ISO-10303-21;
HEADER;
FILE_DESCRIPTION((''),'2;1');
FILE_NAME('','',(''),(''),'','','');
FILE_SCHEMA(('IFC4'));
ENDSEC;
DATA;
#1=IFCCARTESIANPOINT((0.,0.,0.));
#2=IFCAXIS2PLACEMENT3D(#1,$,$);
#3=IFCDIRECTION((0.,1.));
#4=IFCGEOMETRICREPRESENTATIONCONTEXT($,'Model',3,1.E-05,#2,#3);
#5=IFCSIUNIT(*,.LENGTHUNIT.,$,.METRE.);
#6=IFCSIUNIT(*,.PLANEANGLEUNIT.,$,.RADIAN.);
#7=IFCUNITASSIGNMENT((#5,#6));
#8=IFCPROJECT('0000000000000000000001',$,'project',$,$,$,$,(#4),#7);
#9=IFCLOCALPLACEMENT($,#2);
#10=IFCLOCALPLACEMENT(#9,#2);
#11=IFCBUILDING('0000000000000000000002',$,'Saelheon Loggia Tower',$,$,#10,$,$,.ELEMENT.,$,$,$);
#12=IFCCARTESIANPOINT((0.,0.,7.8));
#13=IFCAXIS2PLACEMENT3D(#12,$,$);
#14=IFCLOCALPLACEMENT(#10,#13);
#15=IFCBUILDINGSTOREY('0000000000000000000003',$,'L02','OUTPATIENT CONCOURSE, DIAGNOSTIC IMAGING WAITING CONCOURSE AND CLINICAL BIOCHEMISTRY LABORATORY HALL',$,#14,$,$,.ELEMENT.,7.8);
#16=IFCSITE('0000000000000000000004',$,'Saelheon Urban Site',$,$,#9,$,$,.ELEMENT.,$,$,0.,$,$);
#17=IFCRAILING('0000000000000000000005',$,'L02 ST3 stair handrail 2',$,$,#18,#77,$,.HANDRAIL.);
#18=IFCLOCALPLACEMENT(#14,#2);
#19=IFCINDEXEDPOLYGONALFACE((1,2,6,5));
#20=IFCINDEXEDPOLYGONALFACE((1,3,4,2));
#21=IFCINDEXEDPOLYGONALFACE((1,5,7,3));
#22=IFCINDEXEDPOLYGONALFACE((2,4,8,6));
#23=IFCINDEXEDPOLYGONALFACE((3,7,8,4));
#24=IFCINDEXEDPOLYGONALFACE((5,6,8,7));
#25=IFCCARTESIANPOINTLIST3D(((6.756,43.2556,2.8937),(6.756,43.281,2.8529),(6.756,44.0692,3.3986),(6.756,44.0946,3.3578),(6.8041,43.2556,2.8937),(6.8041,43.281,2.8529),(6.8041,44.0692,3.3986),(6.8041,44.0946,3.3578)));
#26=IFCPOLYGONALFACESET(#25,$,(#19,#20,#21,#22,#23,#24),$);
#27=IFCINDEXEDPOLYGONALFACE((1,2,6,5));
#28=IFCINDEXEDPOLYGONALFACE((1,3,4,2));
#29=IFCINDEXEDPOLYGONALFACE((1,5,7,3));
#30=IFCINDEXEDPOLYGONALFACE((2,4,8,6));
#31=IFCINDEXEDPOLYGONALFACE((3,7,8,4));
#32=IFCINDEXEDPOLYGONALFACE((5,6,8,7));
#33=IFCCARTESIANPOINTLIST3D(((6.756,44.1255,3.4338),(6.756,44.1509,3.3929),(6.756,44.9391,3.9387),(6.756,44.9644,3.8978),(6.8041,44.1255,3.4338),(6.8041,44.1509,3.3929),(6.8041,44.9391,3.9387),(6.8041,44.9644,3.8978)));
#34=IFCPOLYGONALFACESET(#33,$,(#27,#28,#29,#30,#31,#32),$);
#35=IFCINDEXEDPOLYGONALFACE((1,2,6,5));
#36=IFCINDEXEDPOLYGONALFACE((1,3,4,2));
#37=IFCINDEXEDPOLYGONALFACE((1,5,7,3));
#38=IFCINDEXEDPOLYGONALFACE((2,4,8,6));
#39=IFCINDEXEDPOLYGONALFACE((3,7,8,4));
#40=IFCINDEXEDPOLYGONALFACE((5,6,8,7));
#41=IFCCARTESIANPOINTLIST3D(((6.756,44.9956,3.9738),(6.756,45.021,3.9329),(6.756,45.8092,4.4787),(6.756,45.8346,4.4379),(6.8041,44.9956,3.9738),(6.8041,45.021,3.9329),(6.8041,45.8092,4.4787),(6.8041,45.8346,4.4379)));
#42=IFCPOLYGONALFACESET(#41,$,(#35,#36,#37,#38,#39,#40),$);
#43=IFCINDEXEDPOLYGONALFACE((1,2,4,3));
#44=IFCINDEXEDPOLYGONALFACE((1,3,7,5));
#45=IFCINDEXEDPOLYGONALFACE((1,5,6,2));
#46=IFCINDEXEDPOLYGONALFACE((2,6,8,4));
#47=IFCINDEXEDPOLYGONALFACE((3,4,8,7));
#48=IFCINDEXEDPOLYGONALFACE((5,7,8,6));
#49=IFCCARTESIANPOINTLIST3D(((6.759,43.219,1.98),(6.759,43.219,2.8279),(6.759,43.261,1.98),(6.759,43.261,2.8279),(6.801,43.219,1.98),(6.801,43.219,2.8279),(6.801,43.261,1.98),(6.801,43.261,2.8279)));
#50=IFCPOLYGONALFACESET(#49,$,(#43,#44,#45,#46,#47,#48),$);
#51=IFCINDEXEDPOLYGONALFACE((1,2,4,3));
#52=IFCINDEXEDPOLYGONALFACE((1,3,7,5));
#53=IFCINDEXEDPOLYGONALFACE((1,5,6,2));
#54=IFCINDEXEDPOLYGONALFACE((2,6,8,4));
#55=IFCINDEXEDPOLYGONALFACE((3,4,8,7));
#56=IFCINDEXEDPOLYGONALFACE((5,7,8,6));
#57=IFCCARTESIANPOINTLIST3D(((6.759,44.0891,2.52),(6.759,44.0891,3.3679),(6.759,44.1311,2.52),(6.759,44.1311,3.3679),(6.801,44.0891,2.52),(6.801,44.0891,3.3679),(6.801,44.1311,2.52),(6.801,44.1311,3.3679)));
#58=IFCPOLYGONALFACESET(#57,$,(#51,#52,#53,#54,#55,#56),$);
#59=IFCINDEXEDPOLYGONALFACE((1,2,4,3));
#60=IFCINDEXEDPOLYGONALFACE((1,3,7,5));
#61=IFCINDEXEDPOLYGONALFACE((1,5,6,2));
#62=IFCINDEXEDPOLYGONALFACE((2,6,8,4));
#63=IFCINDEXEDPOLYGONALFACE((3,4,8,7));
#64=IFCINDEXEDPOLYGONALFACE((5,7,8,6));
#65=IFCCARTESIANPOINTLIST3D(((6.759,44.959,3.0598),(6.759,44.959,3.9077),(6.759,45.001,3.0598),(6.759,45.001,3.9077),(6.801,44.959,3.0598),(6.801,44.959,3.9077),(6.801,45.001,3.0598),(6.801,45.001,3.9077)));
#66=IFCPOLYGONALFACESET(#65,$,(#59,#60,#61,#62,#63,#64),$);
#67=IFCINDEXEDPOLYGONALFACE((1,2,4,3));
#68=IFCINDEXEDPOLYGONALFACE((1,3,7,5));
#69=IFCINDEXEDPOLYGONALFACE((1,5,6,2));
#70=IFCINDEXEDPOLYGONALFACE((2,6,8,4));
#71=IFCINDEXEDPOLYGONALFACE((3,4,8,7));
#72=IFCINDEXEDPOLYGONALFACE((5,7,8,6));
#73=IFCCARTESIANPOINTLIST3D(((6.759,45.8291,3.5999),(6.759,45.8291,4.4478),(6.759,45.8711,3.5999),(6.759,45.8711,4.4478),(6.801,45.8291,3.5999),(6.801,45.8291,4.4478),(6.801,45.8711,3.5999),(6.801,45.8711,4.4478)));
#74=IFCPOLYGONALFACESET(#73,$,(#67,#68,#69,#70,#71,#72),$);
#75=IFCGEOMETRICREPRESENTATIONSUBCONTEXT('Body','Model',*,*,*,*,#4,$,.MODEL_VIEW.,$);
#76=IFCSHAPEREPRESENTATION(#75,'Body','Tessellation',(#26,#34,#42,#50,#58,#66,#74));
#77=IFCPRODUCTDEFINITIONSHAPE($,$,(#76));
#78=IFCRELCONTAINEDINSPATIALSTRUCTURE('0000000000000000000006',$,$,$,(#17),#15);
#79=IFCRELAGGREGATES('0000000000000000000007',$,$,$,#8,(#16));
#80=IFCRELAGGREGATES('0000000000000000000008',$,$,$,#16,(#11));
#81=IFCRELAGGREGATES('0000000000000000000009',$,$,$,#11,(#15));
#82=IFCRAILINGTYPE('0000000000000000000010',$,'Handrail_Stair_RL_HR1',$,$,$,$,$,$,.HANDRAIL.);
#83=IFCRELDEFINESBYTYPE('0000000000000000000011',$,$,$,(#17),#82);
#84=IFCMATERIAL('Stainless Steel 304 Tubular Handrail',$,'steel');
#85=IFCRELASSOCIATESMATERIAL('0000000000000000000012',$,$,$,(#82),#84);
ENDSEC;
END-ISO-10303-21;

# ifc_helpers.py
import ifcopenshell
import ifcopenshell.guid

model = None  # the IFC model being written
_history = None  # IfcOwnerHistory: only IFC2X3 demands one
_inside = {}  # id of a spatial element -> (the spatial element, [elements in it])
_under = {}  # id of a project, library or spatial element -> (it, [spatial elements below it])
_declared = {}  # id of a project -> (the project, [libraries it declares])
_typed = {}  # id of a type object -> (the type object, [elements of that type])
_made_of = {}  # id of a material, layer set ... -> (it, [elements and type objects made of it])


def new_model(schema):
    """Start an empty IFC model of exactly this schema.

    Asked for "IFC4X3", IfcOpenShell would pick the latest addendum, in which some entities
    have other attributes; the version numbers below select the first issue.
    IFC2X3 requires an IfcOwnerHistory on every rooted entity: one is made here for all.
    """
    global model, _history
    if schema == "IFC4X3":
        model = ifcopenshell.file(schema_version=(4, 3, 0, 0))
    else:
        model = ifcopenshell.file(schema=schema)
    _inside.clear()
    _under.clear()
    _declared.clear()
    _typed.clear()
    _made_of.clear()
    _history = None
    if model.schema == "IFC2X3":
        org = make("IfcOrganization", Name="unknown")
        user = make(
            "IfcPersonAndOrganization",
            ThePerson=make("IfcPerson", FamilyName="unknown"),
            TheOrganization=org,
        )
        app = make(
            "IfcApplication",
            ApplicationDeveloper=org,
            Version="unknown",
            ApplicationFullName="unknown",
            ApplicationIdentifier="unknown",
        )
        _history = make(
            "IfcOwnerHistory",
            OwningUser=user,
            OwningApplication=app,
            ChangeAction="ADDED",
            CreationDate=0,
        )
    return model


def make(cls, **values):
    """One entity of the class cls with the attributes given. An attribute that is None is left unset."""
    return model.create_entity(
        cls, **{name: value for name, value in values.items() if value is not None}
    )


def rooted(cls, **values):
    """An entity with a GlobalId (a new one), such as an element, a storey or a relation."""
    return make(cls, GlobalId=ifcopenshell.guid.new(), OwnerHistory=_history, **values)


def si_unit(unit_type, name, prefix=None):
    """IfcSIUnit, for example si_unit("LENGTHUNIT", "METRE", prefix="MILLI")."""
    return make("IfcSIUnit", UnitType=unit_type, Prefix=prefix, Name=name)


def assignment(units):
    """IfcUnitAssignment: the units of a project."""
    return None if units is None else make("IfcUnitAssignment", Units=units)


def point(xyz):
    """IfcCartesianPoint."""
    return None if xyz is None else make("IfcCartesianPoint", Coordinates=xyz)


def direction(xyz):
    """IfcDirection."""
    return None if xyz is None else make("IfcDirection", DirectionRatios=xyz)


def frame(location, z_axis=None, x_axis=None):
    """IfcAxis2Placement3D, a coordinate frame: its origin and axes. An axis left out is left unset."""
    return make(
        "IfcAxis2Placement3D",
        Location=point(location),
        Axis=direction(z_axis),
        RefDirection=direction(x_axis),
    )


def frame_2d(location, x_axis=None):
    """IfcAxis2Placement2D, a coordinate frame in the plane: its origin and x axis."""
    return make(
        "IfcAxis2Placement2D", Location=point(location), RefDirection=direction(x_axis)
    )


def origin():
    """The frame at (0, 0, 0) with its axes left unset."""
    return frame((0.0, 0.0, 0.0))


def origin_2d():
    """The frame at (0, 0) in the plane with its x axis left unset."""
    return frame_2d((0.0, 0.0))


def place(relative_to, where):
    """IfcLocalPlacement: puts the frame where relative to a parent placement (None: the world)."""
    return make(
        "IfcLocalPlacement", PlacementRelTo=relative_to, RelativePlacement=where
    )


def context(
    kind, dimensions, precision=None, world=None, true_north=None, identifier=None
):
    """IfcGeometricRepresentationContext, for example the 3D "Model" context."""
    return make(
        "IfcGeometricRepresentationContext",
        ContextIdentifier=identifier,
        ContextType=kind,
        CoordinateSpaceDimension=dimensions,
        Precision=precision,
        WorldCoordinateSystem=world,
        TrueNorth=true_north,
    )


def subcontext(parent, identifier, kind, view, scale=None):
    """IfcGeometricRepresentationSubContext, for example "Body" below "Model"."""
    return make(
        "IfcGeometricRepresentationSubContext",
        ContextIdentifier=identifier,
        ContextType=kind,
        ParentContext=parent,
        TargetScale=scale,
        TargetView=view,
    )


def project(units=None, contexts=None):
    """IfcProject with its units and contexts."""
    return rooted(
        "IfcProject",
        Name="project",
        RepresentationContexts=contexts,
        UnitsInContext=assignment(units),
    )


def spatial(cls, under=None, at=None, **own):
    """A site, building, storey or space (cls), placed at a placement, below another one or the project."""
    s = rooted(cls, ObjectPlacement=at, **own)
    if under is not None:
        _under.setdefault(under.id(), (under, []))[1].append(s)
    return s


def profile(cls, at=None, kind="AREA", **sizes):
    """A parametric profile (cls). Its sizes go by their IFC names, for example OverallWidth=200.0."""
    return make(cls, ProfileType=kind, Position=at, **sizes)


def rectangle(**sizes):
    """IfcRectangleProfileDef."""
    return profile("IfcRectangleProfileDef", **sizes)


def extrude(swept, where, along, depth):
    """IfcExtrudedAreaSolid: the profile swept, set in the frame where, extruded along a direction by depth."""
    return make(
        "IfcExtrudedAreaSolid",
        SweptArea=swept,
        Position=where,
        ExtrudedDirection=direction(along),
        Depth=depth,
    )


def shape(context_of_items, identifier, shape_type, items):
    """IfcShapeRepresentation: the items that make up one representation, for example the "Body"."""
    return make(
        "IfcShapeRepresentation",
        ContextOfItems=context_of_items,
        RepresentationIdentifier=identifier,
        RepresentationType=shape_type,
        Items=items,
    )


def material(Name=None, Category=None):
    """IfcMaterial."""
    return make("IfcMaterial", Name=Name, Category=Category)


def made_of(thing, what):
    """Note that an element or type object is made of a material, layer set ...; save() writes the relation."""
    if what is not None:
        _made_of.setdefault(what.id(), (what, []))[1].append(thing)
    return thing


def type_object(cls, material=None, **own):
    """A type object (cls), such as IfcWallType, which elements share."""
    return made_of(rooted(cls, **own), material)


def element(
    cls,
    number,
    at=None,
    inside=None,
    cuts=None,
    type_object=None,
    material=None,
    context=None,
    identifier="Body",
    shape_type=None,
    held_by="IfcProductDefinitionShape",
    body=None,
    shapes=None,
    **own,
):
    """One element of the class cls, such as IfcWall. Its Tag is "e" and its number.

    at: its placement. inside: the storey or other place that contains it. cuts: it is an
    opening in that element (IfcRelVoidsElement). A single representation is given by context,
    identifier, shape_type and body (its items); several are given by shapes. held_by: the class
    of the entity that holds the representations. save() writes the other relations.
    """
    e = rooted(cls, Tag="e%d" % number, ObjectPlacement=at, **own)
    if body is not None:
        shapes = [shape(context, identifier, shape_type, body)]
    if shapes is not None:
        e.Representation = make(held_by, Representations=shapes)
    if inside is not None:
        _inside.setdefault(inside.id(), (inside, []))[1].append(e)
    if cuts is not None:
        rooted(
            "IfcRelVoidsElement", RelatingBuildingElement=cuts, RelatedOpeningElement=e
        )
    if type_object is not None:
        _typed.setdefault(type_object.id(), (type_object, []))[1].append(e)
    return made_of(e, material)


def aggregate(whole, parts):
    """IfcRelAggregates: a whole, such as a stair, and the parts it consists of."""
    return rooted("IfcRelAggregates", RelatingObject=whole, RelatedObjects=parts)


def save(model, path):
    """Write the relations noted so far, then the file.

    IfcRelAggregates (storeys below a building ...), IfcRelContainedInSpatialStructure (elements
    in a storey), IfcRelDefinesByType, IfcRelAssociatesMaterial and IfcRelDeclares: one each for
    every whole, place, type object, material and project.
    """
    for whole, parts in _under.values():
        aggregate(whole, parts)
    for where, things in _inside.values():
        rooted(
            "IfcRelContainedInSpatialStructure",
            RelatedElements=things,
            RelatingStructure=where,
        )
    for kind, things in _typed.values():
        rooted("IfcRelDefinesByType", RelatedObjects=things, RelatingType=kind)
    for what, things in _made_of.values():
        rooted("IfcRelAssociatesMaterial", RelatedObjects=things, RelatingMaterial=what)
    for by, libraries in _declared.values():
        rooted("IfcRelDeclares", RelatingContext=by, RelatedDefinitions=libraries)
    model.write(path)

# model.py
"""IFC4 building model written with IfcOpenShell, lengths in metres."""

from ifc_helpers import new_model, si_unit, direction, frame, origin, origin_2d, place, context, subcontext, project, spatial, rectangle, extrude, material, type_object, element, save


model = new_model("IFC4")

# Units and contexts
model_context = context("Model", 3, precision=1e-05, world=origin(), true_north=direction((0.0, 1.0)))
body_context = subcontext(model_context, "Body", "Model", "MODEL_VIEW")
ifc_project = project(units=[si_unit("LENGTHUNIT", "METRE"), si_unit("PLANEANGLEUNIT", "RADIAN")], contexts=[model_context])

# Site, building, storey
site_placement = place(None, origin())
site = spatial("IfcSite", under=ifc_project, at=site_placement, Name="Saelheon Urban Site", CompositionType="ELEMENT", RefElevation=0.0)
building_placement = place(site_placement, origin())
building = spatial("IfcBuilding", under=site, at=building_placement, Name="Saelheon Loggia Tower", CompositionType="ELEMENT")
storey_placement = place(building_placement, frame((0.0, 0.0, 7.8)))
storey = spatial("IfcBuildingStorey", under=building, at=storey_placement, Name="L02", Description="OUTPATIENT CONCOURSE, DIAGNOSTIC IMAGING WAITING CONCOURSE AND CLINICAL BIOCHEMISTRY LABORATORY HALL", CompositionType="ELEMENT", Elevation=7.8)

# Railing
ifc_material_1 = material(Name="Stainless Steel 304 Tubular Handrail", Category="steel")
railing_type_1 = type_object("IfcRailingType", Name="Handrail_Stair_RL_HR1", PredefinedType="HANDRAIL", material=ifc_material_1)
railing_1_placement = place(storey_placement, frame((6.78, 43.24, 1.98)))
element("IfcRailing", 1, at=railing_1_placement, inside=storey, type_object=railing_type_1, Name="L02 ST3 stair handrail 2", PredefinedType="HANDRAIL", context=body_context, shape_type="SweptSolid", body=[
    extrude(rectangle(XDim=0.0481, YDim=0.0481, at=origin_2d()), frame((0.0, 0.0283, 0.8933), z_axis=(0.0, 0.849668, 0.527317), x_axis=(-1.0, 0.0, 0.0)), (0.0, 0.0, 1.0), 0.9575),
    extrude(rectangle(XDim=0.0481, YDim=0.0481, at=origin_2d()), frame((0.0, 0.8982, 1.4333), z_axis=(0.0, 0.849668, 0.527317), x_axis=(-1.0, 0.0, 0.0)), (0.0, 0.0, 1.0), 0.9575),
    extrude(rectangle(XDim=0.0481, YDim=0.0481, at=origin_2d()), frame((0.0, 1.7683, 1.9734), z_axis=(0.0, 0.849668, 0.527317), x_axis=(-1.0, 0.0, 0.0)), (0.0, 0.0, 1.0), 0.9575),
    extrude(rectangle(XDim=0.042, YDim=0.042, at=origin_2d()), origin(), (0.0, 0.0, 1.0), 0.8479),
    extrude(rectangle(XDim=0.042, YDim=0.042, at=origin_2d()), frame((0.0, 0.8701, 0.54)), (0.0, 0.0, 1.0), 0.8479),
    extrude(rectangle(XDim=0.042, YDim=0.042, at=origin_2d()), frame((0.0, 1.74, 1.0798)), (0.0, 0.0, 1.0), 0.8479),
    extrude(rectangle(XDim=0.042, YDim=0.042, at=origin_2d()), frame((0.0, 2.6101, 1.6199)), (0.0, 0.0, 1.0), 0.8479),
])

save(model, "model.ifc")
